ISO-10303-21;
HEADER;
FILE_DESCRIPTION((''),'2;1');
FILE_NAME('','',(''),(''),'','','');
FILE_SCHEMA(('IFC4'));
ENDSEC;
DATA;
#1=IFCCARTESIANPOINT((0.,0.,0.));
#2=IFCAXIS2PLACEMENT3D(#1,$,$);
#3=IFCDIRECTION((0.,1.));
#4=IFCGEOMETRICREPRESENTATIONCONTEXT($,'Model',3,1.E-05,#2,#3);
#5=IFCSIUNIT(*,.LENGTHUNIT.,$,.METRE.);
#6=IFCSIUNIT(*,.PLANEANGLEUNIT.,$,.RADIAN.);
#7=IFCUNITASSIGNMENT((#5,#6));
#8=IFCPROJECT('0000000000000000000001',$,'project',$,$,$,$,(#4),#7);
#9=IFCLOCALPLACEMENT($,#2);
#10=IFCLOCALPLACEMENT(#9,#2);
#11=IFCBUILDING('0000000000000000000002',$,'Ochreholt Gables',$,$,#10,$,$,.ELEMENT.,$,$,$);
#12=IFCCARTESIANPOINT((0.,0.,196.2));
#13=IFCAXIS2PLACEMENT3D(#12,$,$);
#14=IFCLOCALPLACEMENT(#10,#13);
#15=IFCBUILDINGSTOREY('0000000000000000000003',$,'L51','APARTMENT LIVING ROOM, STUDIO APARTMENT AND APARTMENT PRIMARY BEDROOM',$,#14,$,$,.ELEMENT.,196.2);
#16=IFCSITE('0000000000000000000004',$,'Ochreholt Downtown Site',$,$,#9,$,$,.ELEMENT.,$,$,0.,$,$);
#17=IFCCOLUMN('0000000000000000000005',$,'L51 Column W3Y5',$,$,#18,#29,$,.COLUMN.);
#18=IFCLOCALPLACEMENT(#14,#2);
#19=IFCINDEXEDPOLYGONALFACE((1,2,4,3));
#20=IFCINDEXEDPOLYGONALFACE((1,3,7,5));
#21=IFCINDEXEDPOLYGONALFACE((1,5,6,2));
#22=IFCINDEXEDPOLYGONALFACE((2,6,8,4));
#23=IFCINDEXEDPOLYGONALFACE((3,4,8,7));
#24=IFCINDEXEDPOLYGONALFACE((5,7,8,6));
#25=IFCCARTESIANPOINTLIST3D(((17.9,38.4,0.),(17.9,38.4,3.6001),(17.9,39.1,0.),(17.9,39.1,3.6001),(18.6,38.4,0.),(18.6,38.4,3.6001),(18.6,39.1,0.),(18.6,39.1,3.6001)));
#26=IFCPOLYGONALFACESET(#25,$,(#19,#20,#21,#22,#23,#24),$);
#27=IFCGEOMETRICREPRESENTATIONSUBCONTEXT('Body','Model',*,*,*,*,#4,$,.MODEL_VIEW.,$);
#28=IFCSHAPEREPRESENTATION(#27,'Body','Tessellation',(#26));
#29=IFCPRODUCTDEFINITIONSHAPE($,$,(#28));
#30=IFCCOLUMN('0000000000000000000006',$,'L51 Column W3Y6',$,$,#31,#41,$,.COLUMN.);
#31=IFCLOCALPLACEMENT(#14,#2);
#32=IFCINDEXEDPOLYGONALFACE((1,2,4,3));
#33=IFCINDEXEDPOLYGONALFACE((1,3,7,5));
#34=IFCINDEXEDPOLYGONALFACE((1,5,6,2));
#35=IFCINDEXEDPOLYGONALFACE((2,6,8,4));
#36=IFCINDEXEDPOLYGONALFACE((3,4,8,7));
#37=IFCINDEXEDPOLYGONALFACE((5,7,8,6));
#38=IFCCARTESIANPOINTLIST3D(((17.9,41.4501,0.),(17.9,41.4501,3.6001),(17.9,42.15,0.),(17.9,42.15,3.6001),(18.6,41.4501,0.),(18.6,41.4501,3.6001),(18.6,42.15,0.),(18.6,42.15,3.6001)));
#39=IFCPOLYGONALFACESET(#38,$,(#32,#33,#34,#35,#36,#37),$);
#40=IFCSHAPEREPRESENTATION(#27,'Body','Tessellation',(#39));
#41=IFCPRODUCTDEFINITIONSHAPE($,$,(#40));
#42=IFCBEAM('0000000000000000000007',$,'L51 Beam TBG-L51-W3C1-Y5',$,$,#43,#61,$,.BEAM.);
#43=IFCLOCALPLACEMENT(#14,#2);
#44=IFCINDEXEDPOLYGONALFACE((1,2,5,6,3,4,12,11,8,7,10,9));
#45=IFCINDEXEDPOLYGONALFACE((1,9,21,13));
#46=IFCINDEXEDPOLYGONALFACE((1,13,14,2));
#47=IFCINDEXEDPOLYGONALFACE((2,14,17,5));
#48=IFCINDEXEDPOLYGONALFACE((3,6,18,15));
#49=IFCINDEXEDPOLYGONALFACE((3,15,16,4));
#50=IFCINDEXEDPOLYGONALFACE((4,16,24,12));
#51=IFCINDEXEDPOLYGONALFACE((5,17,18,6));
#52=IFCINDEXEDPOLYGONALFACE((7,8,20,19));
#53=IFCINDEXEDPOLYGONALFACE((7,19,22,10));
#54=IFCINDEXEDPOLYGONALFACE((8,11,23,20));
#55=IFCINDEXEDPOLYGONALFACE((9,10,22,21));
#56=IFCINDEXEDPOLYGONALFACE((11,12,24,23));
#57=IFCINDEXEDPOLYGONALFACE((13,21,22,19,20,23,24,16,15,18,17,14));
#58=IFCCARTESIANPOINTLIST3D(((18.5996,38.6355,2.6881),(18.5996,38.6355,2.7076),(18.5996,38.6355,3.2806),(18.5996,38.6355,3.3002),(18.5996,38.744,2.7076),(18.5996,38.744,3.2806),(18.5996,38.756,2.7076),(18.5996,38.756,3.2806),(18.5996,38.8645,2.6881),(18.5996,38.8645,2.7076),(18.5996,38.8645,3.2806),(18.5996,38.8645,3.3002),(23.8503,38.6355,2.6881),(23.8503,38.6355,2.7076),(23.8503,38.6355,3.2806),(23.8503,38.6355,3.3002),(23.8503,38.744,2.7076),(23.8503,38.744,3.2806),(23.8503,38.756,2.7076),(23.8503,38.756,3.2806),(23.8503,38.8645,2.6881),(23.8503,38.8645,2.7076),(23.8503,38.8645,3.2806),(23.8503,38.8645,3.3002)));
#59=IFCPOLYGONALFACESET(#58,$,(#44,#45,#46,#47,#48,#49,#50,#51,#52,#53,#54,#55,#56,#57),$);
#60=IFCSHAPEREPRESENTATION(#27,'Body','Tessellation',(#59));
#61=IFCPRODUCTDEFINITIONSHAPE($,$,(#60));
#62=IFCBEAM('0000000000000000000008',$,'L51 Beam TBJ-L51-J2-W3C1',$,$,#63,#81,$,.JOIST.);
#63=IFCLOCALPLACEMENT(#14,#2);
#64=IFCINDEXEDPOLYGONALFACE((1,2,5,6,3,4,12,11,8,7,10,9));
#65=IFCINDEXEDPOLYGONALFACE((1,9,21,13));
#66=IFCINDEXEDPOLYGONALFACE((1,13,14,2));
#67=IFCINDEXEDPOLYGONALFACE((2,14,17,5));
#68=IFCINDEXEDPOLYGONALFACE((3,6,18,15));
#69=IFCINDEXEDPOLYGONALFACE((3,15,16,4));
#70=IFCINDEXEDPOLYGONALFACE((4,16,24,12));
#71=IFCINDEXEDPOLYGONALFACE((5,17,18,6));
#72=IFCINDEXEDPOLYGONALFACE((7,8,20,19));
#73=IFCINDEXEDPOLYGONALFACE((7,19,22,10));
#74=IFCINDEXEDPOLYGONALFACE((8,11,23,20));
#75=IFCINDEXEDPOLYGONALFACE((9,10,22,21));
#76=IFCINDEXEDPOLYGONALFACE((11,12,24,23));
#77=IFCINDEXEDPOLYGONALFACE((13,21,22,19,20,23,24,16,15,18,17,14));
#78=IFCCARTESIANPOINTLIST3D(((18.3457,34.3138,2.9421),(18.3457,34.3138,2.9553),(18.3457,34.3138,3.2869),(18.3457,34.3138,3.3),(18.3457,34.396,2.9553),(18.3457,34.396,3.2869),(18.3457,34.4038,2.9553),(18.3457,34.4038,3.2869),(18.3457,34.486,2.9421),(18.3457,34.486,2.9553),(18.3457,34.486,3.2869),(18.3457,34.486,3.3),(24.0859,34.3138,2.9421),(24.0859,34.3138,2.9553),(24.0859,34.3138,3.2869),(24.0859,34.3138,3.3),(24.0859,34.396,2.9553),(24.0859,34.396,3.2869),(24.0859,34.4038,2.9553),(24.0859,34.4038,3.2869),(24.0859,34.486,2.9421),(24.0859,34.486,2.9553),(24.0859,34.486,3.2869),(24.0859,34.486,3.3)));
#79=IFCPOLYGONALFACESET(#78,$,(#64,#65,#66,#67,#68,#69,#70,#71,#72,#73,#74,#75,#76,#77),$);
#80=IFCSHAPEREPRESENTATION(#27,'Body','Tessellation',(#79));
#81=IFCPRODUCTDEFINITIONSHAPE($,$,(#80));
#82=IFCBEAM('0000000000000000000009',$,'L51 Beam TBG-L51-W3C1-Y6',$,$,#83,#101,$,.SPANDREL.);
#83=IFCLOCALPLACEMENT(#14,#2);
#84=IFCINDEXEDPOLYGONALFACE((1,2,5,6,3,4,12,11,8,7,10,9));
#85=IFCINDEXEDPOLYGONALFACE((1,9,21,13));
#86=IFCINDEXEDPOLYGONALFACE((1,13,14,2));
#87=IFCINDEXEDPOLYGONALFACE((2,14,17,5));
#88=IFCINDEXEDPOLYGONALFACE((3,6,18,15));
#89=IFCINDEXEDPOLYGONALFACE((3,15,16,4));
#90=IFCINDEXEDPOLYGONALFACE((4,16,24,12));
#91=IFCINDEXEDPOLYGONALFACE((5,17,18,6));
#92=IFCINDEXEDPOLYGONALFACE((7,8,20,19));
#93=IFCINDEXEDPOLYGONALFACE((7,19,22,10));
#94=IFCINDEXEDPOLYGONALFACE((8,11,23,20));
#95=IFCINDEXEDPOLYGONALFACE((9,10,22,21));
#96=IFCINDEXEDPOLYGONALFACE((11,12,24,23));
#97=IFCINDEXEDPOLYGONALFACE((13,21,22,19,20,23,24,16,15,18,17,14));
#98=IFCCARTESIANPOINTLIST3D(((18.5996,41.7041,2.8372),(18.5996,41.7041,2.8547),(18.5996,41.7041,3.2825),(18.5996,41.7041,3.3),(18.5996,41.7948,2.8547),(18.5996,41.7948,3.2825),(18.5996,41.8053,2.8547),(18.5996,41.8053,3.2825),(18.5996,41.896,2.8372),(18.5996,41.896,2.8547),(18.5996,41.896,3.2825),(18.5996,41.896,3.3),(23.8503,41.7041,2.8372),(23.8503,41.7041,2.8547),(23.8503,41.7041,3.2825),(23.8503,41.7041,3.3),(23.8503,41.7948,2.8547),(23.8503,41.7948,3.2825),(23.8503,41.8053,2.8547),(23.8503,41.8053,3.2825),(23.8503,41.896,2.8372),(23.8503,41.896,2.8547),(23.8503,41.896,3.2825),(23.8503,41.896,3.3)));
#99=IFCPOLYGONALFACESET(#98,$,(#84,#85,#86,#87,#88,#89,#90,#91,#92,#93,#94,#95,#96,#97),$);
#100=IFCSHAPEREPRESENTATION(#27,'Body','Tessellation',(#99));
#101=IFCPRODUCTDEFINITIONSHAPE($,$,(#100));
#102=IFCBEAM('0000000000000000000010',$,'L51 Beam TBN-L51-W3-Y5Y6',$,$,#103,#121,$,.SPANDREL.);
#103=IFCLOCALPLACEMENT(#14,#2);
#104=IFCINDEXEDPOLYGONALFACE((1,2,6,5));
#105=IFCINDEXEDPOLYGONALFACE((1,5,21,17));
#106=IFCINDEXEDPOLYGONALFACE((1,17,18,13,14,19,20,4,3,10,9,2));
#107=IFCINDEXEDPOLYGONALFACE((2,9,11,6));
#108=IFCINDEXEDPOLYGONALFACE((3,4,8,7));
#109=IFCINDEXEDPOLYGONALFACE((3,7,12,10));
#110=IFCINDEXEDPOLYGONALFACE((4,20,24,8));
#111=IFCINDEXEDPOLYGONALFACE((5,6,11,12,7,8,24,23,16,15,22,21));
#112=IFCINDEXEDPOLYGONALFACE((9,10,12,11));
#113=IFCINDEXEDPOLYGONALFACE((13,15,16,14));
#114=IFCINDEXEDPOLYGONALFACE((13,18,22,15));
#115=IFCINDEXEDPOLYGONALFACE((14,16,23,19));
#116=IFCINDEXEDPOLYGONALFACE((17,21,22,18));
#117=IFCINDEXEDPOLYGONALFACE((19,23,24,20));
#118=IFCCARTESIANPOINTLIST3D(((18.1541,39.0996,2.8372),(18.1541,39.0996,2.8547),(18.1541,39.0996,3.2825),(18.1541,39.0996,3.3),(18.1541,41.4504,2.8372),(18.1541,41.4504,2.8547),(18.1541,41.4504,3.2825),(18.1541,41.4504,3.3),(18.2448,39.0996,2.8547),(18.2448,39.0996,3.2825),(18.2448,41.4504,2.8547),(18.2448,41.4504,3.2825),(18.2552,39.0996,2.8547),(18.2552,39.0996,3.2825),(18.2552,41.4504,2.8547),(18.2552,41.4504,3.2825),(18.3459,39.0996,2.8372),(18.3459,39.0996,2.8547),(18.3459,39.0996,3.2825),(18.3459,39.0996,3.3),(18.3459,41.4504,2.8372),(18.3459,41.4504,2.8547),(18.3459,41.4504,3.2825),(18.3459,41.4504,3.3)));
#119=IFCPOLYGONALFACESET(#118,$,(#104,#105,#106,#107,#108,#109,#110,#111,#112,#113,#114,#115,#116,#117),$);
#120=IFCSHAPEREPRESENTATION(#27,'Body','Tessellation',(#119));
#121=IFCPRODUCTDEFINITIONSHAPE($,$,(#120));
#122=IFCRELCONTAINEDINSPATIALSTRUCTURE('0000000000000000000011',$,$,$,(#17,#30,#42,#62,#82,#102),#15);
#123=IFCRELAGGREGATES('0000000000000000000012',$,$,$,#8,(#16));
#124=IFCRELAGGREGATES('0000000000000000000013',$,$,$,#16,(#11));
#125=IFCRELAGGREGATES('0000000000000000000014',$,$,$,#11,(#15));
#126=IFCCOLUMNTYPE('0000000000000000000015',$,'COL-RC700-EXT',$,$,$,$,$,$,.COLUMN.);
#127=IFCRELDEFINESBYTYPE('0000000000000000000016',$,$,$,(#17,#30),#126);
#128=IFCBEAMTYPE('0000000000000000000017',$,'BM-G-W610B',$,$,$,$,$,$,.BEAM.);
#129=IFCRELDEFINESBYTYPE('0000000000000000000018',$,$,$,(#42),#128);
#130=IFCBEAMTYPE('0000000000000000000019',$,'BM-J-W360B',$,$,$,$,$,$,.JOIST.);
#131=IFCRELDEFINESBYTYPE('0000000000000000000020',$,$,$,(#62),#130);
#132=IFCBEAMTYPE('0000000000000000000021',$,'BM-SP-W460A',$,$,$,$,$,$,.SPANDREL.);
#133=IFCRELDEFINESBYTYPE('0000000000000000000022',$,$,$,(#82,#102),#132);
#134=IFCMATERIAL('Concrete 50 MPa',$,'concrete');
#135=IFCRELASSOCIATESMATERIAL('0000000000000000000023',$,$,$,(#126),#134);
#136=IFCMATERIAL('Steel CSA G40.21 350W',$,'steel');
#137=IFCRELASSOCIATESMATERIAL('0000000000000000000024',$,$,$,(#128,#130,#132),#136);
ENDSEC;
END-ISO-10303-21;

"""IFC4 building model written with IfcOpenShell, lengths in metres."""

from ifc_helpers import new_model, si_unit, direction, frame, origin, origin_2d, place, context, subcontext, project, spatial, rectangle, i_section, extrude, material, material_profile, profile_set, type_object, element, save


model = new_model("IFC4")

# Units and contexts
model_context = context("Model", 3, precision=1e-05, world=origin(), true_north=direction((0.0, 1.0)))
body_context = subcontext(model_context, "Body", "Model", "MODEL_VIEW")
ifc_project = project(units=[si_unit("LENGTHUNIT", "METRE"), si_unit("PLANEANGLEUNIT", "RADIAN")], contexts=[model_context])

# Site, building, storey
site_placement = place(None, origin())
site = spatial("IfcSite", under=ifc_project, at=site_placement, Name="Ochreholt Downtown Site", CompositionType="ELEMENT", RefElevation=0.0)
building_placement = place(site_placement, origin())
building = spatial("IfcBuilding", under=site, at=building_placement, Name="Ochreholt Gables", CompositionType="ELEMENT")
storey_placement = place(building_placement, frame((0.0, 0.0, 196.2)))
storey = spatial("IfcBuildingStorey", under=building, at=storey_placement, Name="L51", Description="APARTMENT LIVING ROOM, STUDIO APARTMENT AND APARTMENT PRIMARY BEDROOM", CompositionType="ELEMENT", Elevation=196.2)

# Columns
ifc_material_1 = material(Name="Concrete 50 MPa", Category="concrete")
ifc_material_profile_1 = material_profile(ifc_material_1, rectangle(XDim=0.7, YDim=0.7, at=origin_2d()), Name="RC700X700")
ifc_profile_set_1 = profile_set([ifc_material_profile_1], Name="Concrete 50 MPa")
column_type = type_object("IfcColumnType", Name="COL-RC700-EXT", PredefinedType="COLUMN", material=ifc_profile_set_1)
for number, where, z_axis, x_axis, name in (
    (1, (18.25, 38.75, 0.0), (0.0, 0.0, 1.0), (1.0, 0.0, 0.0), "L51 Column W3Y5"),
    (2, (18.25, 41.8, 0.0), (0.0, 0.0, 1.0), (1.0, 0.0, 0.0), "L51 Column W3Y6"),
):
    element("IfcColumn", number, at=place(storey_placement, frame(where, z_axis=z_axis, x_axis=x_axis)), inside=storey, type_object=column_type, Name=name, PredefinedType="COLUMN", context=body_context, shape_type="SweptSolid", body=[
        extrude(rectangle(XDim=0.7, YDim=0.7, at=origin_2d()), origin(), (0.0, 0.0, 1.0), 3.6001),
    ])

# Beams
ifc_material_2 = material(Name="Steel CSA G40.21 350W", Category="steel")
ifc_material_profile_2 = material_profile(ifc_material_2, i_section(OverallWidth=0.229, OverallDepth=0.6121, WebThickness=0.012, FlangeThickness=0.0195, at=origin_2d()), Name="W610X125")
ifc_profile_set_2 = profile_set([ifc_material_profile_2], Name="Steel CSA G40.21 350W")
beam_type_1 = type_object("IfcBeamType", Name="BM-G-W610B", PredefinedType="BEAM", material=ifc_profile_set_2)
beam_1_placement = place(storey_placement, frame((18.5996, 38.75, 2.9941), z_axis=(1.0, 0.0, 0.0), x_axis=(0.0, 1.0, 0.0)))
element("IfcBeam", 3, at=beam_1_placement, inside=storey, type_object=beam_type_1, Name="L51 Beam TBG-L51-W3C1-Y5", PredefinedType="BEAM", context=body_context, shape_type="SweptSolid", body=[
    extrude(i_section(OverallWidth=0.229, OverallDepth=0.6121, WebThickness=0.012, FlangeThickness=0.0195, at=origin_2d()), origin(), (0.0, 0.0, 1.0), 5.2507),
])
ifc_material_profile_3 = material_profile(ifc_material_2, i_section(OverallWidth=0.1721, OverallDepth=0.3579, WebThickness=0.0078, FlangeThickness=0.0132, at=origin_2d()), Name="W360X57")
ifc_profile_set_3 = profile_set([ifc_material_profile_3], Name="Steel CSA G40.21 350W")
beam_type_2 = type_object("IfcBeamType", Name="BM-J-W360B", PredefinedType="JOIST", material=ifc_profile_set_3)
beam_2_placement = place(storey_placement, frame((18.3457, 34.3999, 3.1211), z_axis=(1.0, 0.0, 0.0), x_axis=(0.0, 1.0, 0.0)))
element("IfcBeam", 4, at=beam_2_placement, inside=storey, type_object=beam_type_2, Name="L51 Beam TBJ-L51-J2-W3C1", PredefinedType="JOIST", context=body_context, shape_type="SweptSolid", body=[
    extrude(i_section(OverallWidth=0.1721, OverallDepth=0.3579, WebThickness=0.0078, FlangeThickness=0.0132, at=origin_2d()), origin(), (0.0, 0.0, 1.0), 5.7402),
])
ifc_material_profile_4 = material_profile(ifc_material_2, i_section(OverallWidth=0.1919, OverallDepth=0.4629, WebThickness=0.0105, FlangeThickness=0.0176, at=origin_2d()), Name="W460X89")
ifc_profile_set_4 = profile_set([ifc_material_profile_4], Name="Steel CSA G40.21 350W")
beam_type_3 = type_object("IfcBeamType", Name="BM-SP-W460A", PredefinedType="SPANDREL", material=ifc_profile_set_4)
beam_3_placement = place(storey_placement, frame((18.5996, 41.8, 3.0686), z_axis=(1.0, 0.0, 0.0), x_axis=(0.0, 1.0, 0.0)))
element("IfcBeam", 5, at=beam_3_placement, inside=storey, type_object=beam_type_3, Name="L51 Beam TBG-L51-W3C1-Y6", PredefinedType="SPANDREL", context=body_context, shape_type="SweptSolid", body=[
    extrude(i_section(OverallWidth=0.1919, OverallDepth=0.4629, WebThickness=0.0105, FlangeThickness=0.0176, at=origin_2d()), origin(), (0.0, 0.0, 1.0), 5.2507),
])
beam_4_placement = place(storey_placement, frame((18.25, 39.0996, 3.0686), z_axis=(0.0, 1.0, 0.0), x_axis=(-1.0, 0.0, 0.0)))
element("IfcBeam", 6, at=beam_4_placement, inside=storey, type_object=beam_type_3, Name="L51 Beam TBN-L51-W3-Y5Y6", PredefinedType="SPANDREL", context=body_context, shape_type="SweptSolid", body=[
    extrude(i_section(OverallWidth=0.1919, OverallDepth=0.4629, WebThickness=0.0105, FlangeThickness=0.0176, at=origin_2d()), origin(), (0.0, 0.0, 1.0), 2.3508),
])

save(model, "model.ifc")
